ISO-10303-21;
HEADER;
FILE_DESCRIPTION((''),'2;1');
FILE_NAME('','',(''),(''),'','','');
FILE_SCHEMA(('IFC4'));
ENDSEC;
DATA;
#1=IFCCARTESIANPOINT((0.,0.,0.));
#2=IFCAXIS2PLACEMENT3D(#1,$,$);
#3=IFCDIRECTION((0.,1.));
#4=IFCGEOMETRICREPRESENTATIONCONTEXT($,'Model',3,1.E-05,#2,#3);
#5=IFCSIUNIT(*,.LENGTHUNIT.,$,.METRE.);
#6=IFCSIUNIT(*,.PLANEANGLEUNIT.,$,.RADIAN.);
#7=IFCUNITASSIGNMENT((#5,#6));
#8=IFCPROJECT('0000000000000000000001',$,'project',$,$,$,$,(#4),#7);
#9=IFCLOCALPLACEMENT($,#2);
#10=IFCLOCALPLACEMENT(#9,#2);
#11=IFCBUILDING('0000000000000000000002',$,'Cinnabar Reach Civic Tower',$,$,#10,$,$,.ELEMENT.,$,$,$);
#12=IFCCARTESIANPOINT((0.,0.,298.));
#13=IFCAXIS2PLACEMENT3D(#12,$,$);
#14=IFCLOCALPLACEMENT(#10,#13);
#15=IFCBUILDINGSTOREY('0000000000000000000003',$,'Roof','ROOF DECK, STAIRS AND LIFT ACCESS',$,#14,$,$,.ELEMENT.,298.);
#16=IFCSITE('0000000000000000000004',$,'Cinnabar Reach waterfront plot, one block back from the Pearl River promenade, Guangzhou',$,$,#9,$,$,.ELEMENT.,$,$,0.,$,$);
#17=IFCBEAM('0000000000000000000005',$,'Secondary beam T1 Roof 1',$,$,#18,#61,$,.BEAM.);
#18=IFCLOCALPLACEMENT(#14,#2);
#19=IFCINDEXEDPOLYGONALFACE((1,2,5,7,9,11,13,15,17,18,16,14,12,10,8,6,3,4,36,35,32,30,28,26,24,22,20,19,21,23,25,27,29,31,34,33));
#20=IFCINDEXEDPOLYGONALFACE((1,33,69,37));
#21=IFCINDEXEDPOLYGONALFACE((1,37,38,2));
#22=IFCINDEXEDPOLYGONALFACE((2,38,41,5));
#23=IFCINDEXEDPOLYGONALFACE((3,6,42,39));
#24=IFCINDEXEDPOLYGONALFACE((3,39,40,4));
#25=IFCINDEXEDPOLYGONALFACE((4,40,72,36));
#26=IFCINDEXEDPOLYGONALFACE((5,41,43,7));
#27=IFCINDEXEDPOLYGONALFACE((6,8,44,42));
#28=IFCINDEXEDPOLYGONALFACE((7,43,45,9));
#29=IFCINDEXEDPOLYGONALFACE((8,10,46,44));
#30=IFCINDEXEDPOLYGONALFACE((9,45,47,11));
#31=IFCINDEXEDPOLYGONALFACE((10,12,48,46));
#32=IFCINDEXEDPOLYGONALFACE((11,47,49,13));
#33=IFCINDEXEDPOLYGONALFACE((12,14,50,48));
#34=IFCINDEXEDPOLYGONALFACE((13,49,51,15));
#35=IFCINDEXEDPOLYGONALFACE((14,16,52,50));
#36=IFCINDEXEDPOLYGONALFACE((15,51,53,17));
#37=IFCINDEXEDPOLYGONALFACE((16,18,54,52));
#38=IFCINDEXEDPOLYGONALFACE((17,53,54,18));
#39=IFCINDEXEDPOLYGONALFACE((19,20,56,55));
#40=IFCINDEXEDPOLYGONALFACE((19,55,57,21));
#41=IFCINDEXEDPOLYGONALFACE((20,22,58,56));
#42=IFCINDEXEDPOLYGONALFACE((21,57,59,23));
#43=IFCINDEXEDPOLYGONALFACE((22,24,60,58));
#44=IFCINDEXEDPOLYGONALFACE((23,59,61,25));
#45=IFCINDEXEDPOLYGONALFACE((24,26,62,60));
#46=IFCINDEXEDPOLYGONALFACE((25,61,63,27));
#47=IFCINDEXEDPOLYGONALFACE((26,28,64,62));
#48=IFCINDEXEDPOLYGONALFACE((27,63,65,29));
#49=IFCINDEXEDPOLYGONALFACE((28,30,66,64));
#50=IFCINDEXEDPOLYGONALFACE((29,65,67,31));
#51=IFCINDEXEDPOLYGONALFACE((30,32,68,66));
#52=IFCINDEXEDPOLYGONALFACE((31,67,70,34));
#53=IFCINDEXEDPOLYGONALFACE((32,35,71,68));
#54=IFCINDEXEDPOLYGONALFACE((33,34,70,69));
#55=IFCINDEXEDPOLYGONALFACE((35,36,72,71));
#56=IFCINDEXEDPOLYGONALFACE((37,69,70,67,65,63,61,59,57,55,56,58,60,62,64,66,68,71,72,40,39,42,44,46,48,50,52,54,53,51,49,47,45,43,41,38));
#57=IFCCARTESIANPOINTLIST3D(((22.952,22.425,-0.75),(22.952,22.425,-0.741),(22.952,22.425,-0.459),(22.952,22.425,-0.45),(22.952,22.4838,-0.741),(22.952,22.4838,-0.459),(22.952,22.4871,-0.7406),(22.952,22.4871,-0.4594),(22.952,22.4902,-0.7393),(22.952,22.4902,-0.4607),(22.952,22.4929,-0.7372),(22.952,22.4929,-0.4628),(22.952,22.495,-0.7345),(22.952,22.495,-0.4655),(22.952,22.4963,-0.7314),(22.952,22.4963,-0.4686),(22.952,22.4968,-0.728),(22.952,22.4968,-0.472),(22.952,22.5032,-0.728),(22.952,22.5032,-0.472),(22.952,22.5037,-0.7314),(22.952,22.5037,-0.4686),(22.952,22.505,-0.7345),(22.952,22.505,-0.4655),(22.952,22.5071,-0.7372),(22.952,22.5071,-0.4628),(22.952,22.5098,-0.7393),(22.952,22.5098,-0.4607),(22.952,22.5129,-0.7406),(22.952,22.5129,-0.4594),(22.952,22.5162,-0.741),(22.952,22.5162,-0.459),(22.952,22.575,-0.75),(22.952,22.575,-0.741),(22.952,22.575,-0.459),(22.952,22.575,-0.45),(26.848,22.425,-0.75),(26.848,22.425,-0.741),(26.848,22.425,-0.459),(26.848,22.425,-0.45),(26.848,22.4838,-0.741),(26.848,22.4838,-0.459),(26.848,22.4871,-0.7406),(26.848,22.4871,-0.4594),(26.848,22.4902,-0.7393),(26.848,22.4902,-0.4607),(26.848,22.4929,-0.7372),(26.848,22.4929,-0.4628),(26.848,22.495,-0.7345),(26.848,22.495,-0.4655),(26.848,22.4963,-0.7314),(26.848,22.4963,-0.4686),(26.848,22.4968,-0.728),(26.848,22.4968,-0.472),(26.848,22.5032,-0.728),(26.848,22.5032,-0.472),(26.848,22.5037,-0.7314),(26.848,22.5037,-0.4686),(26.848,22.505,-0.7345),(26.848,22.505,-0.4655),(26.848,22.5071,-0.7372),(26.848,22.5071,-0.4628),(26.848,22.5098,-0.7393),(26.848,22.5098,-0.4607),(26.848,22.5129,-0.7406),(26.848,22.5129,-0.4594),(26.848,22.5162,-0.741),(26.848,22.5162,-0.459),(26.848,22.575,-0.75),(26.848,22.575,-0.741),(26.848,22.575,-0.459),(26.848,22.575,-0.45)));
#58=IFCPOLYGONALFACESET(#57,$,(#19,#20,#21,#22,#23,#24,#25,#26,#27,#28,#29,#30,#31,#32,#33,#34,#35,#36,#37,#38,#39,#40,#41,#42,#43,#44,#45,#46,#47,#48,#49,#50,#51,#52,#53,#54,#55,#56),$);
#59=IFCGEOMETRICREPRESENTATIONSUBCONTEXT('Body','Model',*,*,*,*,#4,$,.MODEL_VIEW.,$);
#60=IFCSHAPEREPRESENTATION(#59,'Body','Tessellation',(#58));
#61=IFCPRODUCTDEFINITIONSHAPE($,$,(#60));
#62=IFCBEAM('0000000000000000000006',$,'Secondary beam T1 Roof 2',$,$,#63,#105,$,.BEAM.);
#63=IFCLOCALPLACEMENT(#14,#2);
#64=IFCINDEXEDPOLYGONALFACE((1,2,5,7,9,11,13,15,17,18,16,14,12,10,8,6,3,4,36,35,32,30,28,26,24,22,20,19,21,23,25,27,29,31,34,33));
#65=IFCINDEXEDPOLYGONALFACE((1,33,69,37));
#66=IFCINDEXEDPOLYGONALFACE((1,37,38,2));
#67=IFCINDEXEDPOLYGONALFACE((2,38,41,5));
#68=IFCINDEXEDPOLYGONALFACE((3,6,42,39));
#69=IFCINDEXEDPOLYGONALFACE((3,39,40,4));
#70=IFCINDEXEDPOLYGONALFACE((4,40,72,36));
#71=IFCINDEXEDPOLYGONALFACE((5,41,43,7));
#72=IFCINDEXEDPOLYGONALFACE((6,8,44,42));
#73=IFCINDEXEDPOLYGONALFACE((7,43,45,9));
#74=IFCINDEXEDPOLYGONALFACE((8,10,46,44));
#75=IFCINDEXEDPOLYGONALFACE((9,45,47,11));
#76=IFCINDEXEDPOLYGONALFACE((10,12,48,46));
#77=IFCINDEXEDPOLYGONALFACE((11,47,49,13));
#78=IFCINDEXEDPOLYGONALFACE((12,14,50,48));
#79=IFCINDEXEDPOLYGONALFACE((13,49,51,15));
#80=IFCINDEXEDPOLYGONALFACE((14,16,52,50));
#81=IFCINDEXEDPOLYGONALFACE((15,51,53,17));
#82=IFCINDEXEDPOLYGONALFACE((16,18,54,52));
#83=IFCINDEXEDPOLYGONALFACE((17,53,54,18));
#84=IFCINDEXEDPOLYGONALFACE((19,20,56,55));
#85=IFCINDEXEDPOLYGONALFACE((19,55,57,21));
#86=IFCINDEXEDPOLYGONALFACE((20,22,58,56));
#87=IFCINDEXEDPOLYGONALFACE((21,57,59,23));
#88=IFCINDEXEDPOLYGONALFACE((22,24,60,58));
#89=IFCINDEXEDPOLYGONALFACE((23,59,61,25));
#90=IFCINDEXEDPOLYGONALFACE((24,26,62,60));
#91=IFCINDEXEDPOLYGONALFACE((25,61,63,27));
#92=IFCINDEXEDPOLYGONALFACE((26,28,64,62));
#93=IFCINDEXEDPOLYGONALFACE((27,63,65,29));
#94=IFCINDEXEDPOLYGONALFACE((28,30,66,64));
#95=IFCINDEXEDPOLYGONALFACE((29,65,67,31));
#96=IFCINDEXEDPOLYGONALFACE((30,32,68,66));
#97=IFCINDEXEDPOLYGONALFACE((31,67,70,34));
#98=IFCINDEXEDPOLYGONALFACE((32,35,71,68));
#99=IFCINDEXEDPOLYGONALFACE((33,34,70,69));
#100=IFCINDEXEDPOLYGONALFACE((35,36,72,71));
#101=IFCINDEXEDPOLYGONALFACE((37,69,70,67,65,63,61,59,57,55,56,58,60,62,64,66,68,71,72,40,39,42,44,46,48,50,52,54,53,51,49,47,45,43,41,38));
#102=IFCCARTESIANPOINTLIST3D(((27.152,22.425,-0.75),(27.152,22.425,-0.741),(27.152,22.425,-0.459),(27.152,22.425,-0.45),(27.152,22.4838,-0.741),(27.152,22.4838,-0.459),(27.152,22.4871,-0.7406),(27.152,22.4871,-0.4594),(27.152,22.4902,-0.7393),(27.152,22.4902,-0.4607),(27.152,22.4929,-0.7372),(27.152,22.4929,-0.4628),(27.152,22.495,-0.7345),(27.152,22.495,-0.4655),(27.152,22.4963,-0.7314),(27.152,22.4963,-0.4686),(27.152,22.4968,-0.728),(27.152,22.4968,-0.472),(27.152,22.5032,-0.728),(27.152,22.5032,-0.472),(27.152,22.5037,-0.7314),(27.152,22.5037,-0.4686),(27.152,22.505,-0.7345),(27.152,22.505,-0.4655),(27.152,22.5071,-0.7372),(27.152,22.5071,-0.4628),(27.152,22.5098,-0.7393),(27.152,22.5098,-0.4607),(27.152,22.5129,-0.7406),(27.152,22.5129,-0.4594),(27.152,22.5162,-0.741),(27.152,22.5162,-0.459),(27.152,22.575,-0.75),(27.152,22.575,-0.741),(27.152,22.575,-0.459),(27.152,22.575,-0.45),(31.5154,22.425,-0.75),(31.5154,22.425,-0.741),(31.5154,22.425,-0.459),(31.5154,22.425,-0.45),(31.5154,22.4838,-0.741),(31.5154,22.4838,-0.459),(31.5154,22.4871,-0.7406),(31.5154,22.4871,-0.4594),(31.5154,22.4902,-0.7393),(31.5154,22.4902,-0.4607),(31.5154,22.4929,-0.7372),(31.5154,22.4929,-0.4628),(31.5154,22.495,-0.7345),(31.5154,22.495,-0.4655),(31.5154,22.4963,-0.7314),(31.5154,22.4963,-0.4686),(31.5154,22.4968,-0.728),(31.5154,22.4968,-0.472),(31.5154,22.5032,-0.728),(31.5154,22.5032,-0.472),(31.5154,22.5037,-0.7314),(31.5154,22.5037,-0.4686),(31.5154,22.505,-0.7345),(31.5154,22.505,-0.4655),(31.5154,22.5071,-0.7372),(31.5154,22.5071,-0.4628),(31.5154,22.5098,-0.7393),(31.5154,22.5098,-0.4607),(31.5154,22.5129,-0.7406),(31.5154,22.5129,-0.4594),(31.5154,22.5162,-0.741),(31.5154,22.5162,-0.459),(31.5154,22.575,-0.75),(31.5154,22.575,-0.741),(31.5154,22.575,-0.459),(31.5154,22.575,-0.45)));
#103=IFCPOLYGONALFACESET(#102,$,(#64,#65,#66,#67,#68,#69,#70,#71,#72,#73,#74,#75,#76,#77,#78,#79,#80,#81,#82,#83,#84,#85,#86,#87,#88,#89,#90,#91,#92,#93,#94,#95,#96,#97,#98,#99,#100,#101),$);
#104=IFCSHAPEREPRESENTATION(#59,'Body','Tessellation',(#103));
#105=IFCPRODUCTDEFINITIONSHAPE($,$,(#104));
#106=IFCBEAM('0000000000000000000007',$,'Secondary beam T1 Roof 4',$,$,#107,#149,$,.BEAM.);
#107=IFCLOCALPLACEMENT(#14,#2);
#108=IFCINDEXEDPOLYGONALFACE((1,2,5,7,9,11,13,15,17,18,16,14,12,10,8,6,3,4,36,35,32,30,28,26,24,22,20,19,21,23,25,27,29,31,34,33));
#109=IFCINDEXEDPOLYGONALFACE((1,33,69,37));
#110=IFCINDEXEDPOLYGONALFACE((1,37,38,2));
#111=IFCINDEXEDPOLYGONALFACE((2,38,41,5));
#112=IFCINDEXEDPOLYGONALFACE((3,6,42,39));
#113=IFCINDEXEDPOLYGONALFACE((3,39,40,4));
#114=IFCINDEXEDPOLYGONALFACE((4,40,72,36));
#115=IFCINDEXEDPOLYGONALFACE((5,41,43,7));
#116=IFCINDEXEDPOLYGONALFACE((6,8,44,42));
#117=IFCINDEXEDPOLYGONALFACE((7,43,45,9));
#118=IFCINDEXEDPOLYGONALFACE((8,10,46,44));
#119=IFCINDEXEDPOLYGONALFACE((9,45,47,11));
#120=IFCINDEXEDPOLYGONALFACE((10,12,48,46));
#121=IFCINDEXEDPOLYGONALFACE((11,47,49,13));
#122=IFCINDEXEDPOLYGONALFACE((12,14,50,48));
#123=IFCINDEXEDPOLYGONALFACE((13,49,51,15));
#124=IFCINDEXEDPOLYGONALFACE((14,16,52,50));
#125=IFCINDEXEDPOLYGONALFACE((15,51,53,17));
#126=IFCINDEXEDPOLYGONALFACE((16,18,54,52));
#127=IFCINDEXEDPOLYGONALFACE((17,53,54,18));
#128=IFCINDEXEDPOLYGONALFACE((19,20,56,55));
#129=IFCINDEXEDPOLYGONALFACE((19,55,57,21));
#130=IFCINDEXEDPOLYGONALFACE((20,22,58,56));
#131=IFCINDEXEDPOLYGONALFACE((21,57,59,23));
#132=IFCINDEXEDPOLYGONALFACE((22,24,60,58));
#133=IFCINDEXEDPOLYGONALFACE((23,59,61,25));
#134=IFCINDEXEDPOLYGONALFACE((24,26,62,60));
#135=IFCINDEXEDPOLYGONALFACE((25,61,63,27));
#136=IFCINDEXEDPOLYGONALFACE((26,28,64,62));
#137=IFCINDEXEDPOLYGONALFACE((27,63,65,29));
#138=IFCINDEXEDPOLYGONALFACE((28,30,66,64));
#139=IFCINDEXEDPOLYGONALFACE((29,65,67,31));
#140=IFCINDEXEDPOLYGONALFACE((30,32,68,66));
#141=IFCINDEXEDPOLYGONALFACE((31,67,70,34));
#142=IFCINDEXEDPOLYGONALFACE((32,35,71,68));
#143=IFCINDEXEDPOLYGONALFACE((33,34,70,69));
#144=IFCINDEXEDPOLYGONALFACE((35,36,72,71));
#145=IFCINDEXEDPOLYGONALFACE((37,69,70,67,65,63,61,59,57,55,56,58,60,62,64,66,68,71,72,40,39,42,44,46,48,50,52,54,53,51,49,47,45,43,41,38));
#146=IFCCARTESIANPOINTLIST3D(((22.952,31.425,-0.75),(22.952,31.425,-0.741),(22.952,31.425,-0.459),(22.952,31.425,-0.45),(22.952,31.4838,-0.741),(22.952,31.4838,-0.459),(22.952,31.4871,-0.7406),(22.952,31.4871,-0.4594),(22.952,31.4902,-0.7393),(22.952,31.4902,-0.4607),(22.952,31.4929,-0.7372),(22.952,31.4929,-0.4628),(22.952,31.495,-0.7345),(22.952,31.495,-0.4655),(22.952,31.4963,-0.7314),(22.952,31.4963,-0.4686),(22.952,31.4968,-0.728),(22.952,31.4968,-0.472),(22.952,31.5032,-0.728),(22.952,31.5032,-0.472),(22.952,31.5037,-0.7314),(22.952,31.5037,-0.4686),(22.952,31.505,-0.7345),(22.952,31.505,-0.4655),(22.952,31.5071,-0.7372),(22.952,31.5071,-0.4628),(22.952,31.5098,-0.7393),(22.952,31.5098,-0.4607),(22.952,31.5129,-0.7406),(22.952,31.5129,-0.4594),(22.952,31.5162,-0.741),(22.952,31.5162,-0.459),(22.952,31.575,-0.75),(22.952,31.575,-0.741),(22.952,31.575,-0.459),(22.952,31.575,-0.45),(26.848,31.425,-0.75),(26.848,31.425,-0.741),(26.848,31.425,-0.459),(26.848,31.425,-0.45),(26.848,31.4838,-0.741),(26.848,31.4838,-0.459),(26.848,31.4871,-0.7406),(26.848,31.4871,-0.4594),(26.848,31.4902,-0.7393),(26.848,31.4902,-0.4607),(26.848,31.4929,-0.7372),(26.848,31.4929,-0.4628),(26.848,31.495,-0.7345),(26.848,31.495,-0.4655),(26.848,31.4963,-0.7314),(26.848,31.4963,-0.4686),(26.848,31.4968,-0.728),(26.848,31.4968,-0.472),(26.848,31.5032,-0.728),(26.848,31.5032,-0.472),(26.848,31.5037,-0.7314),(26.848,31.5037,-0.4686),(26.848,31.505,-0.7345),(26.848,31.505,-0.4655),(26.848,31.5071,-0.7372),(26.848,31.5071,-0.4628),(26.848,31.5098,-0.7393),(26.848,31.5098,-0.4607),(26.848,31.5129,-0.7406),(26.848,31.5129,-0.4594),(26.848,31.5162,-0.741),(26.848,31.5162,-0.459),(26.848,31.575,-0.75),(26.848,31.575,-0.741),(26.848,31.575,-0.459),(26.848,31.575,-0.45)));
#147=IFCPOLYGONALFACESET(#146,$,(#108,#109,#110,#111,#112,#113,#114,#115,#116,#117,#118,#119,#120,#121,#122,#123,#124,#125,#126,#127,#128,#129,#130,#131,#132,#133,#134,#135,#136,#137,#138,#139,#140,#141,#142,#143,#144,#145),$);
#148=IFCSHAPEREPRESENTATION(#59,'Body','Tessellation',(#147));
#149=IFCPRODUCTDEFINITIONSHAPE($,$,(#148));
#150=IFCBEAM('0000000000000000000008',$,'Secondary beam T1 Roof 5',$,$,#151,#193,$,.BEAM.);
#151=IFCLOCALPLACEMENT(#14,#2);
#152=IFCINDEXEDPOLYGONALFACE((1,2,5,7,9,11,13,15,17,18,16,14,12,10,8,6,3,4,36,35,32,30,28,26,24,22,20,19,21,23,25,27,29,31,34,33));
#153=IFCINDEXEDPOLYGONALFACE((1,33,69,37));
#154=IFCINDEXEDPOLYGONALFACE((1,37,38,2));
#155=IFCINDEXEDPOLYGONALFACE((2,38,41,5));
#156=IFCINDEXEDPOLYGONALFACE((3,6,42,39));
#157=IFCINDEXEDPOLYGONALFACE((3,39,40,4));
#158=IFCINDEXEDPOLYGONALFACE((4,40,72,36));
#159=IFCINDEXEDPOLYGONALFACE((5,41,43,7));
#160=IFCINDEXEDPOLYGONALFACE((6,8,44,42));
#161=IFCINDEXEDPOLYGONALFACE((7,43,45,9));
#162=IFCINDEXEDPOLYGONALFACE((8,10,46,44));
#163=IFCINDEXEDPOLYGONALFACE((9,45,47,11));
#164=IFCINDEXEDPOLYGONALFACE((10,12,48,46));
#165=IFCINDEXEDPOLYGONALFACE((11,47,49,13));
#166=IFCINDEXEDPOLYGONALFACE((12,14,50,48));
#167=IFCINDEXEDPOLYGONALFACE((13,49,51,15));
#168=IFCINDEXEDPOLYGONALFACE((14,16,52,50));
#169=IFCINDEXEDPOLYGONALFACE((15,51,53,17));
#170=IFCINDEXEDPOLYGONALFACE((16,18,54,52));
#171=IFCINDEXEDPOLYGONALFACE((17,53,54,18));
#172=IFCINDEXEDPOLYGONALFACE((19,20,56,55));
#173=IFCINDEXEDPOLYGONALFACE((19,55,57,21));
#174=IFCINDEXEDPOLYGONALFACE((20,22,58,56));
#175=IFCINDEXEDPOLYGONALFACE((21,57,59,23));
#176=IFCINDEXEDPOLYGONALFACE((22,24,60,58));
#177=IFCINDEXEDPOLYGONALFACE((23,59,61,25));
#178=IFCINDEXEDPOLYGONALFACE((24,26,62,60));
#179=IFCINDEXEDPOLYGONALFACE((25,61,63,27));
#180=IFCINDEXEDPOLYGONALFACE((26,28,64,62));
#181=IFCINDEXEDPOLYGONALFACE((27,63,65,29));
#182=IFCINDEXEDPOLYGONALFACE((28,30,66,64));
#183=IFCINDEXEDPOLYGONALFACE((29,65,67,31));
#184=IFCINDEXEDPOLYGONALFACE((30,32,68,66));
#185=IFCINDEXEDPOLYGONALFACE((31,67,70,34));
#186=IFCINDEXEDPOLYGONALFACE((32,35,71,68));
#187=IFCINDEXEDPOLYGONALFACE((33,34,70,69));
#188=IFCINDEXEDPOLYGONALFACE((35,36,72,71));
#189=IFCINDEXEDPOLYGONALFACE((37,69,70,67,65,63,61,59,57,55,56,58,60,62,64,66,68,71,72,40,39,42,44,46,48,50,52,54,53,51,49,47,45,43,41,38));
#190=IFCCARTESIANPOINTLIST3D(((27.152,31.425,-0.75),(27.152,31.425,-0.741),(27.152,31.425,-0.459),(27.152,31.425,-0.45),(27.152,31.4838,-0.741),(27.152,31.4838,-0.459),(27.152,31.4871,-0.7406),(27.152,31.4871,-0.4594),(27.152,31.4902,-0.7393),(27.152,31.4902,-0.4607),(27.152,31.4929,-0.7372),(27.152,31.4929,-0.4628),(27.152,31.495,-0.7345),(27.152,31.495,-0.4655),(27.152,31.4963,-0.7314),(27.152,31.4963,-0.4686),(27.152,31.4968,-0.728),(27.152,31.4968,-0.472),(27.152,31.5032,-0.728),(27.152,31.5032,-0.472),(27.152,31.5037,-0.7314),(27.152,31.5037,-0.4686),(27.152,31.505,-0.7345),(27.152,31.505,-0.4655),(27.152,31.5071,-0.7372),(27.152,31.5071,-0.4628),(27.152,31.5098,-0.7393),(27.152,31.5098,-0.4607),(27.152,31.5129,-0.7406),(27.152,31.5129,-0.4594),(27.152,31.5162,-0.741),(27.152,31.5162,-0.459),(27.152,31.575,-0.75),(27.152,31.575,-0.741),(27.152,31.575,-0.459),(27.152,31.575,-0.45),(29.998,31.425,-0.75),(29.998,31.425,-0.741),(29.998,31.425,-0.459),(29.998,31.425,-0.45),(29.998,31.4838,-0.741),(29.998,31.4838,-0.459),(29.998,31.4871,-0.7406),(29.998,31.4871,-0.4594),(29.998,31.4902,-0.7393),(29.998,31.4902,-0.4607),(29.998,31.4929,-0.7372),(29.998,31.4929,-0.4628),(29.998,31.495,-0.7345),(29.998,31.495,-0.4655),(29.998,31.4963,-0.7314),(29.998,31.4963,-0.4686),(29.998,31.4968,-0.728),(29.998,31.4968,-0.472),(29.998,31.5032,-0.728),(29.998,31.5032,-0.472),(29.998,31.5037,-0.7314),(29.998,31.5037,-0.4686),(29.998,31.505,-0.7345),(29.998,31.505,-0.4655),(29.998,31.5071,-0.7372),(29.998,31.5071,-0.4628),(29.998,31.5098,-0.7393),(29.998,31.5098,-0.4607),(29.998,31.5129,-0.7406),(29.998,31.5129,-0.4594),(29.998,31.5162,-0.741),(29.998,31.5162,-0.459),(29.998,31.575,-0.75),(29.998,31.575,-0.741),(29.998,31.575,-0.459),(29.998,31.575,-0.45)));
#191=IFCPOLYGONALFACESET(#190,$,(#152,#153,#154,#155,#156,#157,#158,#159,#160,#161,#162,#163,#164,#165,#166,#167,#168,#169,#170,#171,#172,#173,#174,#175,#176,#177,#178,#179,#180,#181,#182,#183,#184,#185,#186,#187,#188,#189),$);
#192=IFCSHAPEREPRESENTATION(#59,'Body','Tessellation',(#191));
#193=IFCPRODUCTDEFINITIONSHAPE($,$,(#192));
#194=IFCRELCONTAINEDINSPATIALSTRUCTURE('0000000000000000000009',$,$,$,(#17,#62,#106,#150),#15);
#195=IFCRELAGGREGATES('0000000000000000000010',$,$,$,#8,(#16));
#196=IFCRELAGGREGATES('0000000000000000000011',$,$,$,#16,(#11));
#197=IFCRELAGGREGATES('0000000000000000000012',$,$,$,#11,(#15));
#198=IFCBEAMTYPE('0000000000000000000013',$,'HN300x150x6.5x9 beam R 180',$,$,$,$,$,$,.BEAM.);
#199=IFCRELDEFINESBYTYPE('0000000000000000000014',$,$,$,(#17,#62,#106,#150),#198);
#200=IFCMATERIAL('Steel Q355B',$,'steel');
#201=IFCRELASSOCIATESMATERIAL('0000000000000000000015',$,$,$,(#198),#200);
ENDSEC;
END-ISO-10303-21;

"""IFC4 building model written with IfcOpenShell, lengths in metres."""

from ifc_helpers import new_model, si_unit, direction, frame, origin, origin_2d, place, context, subcontext, project, spatial, i_section, extrude, material, material_profile, profile_set, type_object, element, save


model = new_model("IFC4")

# Units and contexts
model_context = context("Model", 3, precision=1e-05, world=origin(), true_north=direction((0.0, 1.0)))
body_context = subcontext(model_context, "Body", "Model", "MODEL_VIEW")
ifc_project = project(units=[si_unit("LENGTHUNIT", "METRE"), si_unit("PLANEANGLEUNIT", "RADIAN")], contexts=[model_context])

# Site, building, storey
site_placement = place(None, origin())
site = spatial("IfcSite", under=ifc_project, at=site_placement, Name="Cinnabar Reach waterfront plot, one block back from the Pearl River promenade, Guangzhou", CompositionType="ELEMENT", RefElevation=0.0)
building_placement = place(site_placement, origin())
building = spatial("IfcBuilding", under=site, at=building_placement, Name="Cinnabar Reach Civic Tower", CompositionType="ELEMENT")
storey_placement = place(building_placement, frame((0.0, 0.0, 298.0)))
storey = spatial("IfcBuildingStorey", under=building, at=storey_placement, Name="Roof", Description="ROOF DECK, STAIRS AND LIFT ACCESS", CompositionType="ELEMENT", Elevation=298.0)

# Beams
ifc_material_1 = material(Name="Steel Q355B", Category="steel")
ifc_material_profile_1 = material_profile(ifc_material_1, i_section(OverallWidth=0.15, OverallDepth=0.3, WebThickness=0.0065, FlangeThickness=0.009, FilletRadius=0.013, at=origin_2d()), Name="HN300x150x6.5x9")
ifc_profile_set_1 = profile_set([ifc_material_profile_1], Name="Steel Q355B")
beam_type_1 = type_object("IfcBeamType", Name="HN300x150x6.5x9 beam R 180", PredefinedType="BEAM", material=ifc_profile_set_1)
beam_1_placement = place(storey_placement, frame((22.952, 22.5, -0.6), z_axis=(1.0, 0.0, 0.0), x_axis=(0.0, 1.0, 0.0)))
element("IfcBeam", 1, at=beam_1_placement, inside=storey, type_object=beam_type_1, Name="Secondary beam T1 Roof 1", PredefinedType="BEAM", context=body_context, shape_type="SweptSolid", body=[
    extrude(i_section(OverallWidth=0.15, OverallDepth=0.3, WebThickness=0.0065, FlangeThickness=0.009, FilletRadius=0.013, at=origin_2d()), origin(), (0.0, 0.0, 1.0), 3.896),
])
beam_2_placement = place(storey_placement, frame((27.152, 22.5, -0.6), z_axis=(1.0, 0.0, 0.0), x_axis=(0.0, 1.0, 0.0)))
element("IfcBeam", 2, at=beam_2_placement, inside=storey, type_object=beam_type_1, Name="Secondary beam T1 Roof 2", PredefinedType="BEAM", context=body_context, shape_type="SweptSolid", body=[
    extrude(i_section(OverallWidth=0.15, OverallDepth=0.3, WebThickness=0.0065, FlangeThickness=0.009, FilletRadius=0.013, at=origin_2d()), origin(), (0.0, 0.0, 1.0), 4.3634),
])
beam_3_placement = place(storey_placement, frame((22.952, 31.5, -0.6), z_axis=(1.0, 0.0, 0.0), x_axis=(0.0, 1.0, 0.0)))
element("IfcBeam", 3, at=beam_3_placement, inside=storey, type_object=beam_type_1, Name="Secondary beam T1 Roof 4", PredefinedType="BEAM", context=body_context, shape_type="SweptSolid", body=[
    extrude(i_section(OverallWidth=0.15, OverallDepth=0.3, WebThickness=0.0065, FlangeThickness=0.009, FilletRadius=0.013, at=origin_2d()), origin(), (0.0, 0.0, 1.0), 3.896),
])
beam_4_placement = place(storey_placement, frame((27.152, 31.5, -0.6), z_axis=(1.0, 0.0, 0.0), x_axis=(0.0, 1.0, 0.0)))
element("IfcBeam", 4, at=beam_4_placement, inside=storey, type_object=beam_type_1, Name="Secondary beam T1 Roof 5", PredefinedType="BEAM", context=body_context, shape_type="SweptSolid", body=[
    extrude(i_section(OverallWidth=0.15, OverallDepth=0.3, WebThickness=0.0065, FlangeThickness=0.009, FilletRadius=0.013, at=origin_2d()), origin(), (0.0, 0.0, 1.0), 2.846),
])

save(model, "model.ifc")
